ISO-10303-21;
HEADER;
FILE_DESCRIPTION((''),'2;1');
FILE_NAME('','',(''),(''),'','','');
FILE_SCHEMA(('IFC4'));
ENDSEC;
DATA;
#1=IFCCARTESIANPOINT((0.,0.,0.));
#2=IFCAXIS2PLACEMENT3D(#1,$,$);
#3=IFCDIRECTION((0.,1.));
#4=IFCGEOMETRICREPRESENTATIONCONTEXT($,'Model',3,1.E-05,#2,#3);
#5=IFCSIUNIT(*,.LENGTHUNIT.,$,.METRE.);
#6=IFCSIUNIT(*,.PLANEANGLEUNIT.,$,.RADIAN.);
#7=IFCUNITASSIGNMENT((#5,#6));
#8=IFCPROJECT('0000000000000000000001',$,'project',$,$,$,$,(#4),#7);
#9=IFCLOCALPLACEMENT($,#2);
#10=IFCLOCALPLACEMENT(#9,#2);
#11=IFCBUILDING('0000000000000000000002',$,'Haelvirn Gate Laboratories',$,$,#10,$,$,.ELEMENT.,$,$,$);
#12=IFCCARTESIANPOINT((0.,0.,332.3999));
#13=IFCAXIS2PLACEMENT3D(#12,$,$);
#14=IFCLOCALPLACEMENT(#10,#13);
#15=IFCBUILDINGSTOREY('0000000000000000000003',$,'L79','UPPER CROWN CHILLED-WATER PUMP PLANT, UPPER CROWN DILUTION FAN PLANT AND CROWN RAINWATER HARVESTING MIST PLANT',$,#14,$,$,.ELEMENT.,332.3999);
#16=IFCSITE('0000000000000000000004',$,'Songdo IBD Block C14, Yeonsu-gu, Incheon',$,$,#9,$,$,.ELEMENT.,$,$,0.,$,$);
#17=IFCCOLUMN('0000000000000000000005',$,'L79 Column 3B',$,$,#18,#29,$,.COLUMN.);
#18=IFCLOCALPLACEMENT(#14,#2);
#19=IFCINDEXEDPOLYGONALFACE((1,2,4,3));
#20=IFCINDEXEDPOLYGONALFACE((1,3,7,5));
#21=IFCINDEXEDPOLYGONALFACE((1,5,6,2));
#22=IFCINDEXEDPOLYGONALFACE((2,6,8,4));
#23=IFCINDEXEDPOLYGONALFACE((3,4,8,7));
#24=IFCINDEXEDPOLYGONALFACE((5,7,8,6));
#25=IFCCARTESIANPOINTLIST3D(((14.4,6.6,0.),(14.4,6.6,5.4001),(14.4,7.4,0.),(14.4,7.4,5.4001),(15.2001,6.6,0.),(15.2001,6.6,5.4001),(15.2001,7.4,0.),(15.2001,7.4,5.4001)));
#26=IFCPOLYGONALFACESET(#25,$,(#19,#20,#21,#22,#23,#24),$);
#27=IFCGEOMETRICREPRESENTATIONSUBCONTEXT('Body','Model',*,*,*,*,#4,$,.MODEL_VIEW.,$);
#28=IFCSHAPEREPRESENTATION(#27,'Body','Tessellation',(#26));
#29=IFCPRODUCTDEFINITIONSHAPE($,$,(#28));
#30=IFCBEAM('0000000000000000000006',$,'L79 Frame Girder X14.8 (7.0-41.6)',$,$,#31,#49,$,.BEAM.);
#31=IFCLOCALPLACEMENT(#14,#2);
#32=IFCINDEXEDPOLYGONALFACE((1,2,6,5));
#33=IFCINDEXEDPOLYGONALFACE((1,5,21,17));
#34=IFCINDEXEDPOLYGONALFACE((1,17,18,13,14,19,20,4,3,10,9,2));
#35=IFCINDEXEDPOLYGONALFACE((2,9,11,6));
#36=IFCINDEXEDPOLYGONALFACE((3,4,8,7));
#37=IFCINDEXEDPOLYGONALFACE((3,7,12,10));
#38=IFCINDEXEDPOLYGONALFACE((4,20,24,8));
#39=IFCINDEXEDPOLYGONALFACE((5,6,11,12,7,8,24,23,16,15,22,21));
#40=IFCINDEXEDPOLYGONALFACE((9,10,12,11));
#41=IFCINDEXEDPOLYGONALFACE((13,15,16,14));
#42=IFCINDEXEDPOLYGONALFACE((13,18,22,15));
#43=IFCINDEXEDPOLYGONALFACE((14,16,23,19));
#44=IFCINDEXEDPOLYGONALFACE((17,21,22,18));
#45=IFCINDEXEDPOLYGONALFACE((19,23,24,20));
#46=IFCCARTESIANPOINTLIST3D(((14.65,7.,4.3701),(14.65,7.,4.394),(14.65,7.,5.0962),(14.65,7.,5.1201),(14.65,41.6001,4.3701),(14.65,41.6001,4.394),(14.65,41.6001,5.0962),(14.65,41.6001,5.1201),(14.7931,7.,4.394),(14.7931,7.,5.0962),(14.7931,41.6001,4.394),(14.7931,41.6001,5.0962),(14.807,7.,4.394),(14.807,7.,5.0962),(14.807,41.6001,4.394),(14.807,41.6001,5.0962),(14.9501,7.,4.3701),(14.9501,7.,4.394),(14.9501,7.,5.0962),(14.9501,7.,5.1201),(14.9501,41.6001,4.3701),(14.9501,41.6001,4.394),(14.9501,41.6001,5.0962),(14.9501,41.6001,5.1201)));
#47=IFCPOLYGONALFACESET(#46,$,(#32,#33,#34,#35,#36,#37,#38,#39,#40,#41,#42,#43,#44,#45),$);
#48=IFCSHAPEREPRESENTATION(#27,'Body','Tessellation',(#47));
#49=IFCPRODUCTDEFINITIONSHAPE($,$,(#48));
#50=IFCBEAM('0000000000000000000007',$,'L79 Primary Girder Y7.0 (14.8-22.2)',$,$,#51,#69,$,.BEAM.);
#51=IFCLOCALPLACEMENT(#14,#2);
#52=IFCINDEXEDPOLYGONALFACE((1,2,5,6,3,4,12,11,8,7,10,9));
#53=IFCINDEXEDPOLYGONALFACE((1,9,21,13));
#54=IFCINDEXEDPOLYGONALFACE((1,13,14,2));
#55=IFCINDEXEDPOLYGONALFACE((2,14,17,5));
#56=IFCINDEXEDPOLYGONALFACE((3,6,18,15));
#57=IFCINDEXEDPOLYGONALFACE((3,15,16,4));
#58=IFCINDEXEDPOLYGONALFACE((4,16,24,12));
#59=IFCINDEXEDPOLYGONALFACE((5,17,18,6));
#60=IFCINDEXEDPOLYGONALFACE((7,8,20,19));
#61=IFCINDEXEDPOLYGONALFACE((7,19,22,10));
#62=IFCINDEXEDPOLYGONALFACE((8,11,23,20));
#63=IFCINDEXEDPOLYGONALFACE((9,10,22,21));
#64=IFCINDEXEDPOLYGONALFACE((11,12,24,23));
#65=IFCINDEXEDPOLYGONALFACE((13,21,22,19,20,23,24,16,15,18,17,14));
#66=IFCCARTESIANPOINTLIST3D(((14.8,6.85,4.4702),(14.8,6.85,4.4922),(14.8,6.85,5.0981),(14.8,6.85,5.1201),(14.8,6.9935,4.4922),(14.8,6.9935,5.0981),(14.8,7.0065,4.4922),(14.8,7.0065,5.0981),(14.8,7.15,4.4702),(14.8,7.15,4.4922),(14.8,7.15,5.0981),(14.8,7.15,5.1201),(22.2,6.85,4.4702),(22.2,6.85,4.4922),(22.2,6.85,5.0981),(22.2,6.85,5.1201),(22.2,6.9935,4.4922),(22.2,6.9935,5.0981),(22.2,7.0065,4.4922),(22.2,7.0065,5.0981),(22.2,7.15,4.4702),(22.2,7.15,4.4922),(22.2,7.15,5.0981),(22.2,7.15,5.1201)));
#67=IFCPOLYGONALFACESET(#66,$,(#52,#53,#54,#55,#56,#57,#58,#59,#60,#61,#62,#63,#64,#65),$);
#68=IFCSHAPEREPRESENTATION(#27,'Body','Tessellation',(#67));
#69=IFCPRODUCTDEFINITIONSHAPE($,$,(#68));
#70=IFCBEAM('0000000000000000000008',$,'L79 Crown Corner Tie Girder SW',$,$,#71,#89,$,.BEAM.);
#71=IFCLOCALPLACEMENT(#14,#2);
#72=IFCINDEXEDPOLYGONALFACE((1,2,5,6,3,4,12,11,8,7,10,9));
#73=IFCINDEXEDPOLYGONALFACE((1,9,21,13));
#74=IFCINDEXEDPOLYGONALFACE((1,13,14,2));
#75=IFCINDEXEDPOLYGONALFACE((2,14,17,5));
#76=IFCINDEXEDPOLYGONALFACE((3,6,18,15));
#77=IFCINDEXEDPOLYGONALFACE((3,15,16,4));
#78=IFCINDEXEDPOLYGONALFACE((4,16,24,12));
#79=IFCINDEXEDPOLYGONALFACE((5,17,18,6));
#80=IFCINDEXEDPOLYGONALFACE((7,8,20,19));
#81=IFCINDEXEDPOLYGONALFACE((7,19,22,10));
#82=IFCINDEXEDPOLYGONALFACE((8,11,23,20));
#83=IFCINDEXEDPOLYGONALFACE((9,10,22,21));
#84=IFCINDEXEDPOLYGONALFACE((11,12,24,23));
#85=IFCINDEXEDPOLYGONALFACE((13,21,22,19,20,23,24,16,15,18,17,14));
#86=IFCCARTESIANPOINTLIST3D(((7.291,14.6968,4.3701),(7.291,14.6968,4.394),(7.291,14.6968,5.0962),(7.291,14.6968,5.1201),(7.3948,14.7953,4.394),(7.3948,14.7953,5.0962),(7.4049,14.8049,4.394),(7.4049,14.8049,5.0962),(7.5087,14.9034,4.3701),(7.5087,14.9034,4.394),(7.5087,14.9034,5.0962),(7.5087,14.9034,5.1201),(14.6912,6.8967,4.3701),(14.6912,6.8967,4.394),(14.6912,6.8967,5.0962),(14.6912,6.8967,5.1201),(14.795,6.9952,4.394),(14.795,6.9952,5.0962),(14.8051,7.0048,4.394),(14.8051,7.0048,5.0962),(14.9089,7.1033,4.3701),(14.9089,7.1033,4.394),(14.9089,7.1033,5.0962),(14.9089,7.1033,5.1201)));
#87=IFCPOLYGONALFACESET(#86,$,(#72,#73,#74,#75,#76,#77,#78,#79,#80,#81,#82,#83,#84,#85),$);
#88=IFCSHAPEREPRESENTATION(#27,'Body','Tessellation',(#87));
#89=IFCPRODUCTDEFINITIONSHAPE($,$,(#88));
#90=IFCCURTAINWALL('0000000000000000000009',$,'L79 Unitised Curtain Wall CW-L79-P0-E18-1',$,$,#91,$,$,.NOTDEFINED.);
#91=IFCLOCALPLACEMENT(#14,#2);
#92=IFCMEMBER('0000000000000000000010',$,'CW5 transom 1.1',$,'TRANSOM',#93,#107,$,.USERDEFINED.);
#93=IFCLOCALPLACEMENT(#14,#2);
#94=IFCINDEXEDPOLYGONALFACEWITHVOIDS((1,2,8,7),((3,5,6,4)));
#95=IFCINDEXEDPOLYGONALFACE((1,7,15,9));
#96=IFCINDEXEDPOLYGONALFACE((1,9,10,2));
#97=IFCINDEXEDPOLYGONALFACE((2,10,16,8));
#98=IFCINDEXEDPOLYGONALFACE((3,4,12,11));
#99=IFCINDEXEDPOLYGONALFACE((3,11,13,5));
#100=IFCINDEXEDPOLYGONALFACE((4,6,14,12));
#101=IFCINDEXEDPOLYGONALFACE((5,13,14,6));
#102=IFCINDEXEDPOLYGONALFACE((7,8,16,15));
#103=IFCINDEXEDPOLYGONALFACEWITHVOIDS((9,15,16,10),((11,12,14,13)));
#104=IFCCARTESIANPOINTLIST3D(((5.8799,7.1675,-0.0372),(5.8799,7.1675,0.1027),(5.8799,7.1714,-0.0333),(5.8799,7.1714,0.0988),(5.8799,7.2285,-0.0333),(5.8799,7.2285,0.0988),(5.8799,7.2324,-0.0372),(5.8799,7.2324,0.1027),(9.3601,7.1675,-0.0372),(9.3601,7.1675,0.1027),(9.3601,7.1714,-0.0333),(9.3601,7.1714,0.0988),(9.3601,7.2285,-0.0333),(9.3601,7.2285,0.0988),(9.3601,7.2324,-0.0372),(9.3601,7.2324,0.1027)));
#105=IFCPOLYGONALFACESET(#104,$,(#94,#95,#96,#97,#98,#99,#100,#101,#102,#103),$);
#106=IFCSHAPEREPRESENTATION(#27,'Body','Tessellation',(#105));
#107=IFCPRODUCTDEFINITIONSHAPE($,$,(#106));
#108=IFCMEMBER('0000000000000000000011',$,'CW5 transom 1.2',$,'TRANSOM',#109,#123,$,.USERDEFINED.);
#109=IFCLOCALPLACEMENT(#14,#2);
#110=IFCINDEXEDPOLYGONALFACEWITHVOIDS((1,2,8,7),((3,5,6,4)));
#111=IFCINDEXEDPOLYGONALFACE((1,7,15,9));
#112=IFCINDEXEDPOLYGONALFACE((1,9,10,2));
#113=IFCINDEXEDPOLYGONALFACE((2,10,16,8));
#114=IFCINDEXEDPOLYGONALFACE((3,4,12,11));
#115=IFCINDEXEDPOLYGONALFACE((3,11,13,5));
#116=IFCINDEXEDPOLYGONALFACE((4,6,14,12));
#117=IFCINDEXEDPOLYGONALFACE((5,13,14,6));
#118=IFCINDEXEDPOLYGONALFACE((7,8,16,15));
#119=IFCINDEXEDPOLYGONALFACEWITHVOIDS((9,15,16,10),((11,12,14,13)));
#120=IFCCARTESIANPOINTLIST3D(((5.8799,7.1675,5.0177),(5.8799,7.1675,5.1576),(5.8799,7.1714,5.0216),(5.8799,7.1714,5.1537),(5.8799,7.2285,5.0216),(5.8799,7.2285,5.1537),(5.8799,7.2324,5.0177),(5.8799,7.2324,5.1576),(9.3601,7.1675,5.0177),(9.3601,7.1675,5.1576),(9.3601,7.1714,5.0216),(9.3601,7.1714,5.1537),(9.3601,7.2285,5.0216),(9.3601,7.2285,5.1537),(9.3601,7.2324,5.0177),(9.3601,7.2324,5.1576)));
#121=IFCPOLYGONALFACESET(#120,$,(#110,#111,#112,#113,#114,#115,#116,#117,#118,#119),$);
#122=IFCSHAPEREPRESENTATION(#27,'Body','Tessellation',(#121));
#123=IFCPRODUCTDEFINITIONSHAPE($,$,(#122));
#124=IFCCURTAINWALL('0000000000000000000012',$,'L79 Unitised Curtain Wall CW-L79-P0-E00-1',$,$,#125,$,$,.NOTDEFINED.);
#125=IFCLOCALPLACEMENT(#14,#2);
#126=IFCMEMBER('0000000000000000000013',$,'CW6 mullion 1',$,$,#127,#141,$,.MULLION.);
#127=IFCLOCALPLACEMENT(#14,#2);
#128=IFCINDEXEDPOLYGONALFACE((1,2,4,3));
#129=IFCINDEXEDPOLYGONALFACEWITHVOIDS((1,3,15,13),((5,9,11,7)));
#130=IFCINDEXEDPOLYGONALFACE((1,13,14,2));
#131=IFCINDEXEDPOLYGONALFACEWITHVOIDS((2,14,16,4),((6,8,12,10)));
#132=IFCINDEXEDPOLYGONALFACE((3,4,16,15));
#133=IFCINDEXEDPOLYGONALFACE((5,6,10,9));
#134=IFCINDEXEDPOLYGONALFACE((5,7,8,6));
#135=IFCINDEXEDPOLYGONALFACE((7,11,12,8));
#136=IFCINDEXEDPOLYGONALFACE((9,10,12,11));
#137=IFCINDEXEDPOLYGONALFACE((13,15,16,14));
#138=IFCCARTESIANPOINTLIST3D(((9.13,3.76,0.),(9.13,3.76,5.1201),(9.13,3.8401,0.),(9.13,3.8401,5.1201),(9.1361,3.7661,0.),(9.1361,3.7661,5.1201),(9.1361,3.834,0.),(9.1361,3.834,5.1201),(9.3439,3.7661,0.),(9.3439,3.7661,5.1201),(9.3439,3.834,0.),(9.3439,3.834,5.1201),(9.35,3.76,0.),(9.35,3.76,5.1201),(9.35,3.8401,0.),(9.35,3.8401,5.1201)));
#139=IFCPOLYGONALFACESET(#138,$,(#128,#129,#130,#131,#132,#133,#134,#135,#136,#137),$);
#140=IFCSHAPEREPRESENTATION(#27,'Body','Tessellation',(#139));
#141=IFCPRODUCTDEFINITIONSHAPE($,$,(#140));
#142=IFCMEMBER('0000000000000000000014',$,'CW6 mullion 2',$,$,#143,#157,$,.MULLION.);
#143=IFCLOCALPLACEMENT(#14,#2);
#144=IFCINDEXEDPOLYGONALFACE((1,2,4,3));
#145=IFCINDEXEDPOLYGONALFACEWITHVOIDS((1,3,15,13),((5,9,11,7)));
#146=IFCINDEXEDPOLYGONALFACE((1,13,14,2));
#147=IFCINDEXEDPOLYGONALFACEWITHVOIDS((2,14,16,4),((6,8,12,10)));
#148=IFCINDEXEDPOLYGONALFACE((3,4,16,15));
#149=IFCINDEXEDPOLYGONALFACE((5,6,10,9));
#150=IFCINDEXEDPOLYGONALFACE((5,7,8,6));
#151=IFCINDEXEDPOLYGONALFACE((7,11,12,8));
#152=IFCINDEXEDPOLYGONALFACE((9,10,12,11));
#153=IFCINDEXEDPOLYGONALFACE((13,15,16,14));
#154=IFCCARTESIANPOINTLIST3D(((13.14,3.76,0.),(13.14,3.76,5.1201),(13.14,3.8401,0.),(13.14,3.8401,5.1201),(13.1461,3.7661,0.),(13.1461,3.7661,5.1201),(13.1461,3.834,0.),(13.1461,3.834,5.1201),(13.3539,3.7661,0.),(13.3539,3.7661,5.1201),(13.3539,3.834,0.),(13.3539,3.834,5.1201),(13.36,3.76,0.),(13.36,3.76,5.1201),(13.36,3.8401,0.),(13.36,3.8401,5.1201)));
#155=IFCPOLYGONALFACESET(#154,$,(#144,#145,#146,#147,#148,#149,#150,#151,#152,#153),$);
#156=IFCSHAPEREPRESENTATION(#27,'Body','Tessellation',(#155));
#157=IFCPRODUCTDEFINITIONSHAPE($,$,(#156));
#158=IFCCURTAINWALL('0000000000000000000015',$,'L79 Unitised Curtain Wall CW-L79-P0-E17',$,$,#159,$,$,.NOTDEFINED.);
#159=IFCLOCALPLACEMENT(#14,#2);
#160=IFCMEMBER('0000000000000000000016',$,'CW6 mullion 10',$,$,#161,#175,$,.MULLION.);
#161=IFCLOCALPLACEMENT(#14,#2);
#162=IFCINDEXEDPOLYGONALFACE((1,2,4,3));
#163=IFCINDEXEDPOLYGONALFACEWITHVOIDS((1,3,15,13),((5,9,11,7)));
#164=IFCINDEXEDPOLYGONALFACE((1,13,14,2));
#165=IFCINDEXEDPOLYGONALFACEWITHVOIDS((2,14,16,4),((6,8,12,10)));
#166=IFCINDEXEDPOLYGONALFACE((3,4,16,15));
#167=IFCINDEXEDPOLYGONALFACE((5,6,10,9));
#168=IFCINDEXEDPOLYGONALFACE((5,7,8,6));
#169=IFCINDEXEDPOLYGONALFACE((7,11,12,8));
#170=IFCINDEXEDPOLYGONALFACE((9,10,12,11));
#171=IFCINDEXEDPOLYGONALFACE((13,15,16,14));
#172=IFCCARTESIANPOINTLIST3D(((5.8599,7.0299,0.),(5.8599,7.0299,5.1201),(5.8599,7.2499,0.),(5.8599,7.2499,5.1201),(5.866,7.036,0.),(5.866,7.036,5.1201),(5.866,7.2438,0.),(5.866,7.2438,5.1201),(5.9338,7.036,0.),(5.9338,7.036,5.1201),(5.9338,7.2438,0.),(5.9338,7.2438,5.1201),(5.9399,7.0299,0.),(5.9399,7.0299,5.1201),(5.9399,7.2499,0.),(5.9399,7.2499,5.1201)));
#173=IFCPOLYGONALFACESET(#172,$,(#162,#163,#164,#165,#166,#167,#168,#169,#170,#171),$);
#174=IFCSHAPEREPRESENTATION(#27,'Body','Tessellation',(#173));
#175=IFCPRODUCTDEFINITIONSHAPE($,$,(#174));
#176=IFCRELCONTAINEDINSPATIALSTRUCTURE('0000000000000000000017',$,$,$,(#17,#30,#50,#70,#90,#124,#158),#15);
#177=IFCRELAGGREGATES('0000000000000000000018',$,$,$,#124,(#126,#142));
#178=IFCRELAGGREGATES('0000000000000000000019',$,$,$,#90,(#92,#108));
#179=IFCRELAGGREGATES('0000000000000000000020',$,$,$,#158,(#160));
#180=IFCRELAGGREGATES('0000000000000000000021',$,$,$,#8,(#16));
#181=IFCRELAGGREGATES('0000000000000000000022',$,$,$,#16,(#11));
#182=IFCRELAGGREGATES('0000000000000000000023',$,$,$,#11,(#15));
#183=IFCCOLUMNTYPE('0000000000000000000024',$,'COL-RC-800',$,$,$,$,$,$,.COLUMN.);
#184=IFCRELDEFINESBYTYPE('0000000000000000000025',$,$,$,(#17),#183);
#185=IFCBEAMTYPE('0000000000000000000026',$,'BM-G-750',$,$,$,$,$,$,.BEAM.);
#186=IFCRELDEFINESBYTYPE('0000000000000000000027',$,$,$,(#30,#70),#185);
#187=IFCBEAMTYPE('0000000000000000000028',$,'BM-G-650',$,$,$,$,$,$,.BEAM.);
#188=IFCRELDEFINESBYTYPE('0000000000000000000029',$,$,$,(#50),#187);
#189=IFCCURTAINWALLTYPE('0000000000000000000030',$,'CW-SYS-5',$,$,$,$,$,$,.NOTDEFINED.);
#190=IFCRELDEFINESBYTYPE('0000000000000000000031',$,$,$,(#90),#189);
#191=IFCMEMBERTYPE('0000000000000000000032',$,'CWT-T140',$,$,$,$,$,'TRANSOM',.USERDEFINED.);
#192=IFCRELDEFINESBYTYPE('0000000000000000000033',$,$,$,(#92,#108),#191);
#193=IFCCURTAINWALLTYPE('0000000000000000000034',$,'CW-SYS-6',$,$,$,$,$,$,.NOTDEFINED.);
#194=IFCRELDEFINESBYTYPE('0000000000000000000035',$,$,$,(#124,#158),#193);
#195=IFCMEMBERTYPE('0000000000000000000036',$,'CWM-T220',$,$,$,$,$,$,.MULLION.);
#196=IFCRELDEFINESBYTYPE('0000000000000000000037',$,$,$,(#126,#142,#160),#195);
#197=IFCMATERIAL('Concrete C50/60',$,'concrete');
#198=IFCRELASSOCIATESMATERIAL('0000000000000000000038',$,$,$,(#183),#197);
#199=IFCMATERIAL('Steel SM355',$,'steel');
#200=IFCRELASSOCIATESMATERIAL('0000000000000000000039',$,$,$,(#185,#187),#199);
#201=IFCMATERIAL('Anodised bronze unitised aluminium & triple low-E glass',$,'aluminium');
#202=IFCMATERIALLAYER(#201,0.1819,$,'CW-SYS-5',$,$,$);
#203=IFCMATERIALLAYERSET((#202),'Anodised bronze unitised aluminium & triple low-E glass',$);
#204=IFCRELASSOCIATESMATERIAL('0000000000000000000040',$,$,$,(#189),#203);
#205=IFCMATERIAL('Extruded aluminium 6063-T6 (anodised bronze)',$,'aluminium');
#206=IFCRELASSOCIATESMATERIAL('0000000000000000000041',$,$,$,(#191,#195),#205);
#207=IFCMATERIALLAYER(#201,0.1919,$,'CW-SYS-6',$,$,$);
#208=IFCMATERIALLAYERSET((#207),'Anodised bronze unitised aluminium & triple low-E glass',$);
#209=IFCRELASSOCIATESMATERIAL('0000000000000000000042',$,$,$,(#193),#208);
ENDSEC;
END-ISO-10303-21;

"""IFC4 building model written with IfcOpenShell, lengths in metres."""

from ifc_helpers import new_model, si_unit, direction, frame, origin, origin_2d, place, context, subcontext, project, spatial, rectangle, hollow_rectangle, i_section, extrude, source, transform, mapped, material, layer, layer_set, material_profile, profile_set, type_object, type_shapes, element, aggregate, save


model = new_model("IFC4")

# Units and contexts
model_context = context("Model", 3, precision=1e-05, world=origin(), true_north=direction((0.0, 1.0)))
body_context = subcontext(model_context, "Body", "Model", "MODEL_VIEW")
ifc_project = project(units=[si_unit("LENGTHUNIT", "METRE"), si_unit("PLANEANGLEUNIT", "RADIAN")], contexts=[model_context])

# Site, building, storey
site_placement = place(None, origin())
site = spatial("IfcSite", under=ifc_project, at=site_placement, Name="Songdo IBD Block C14, Yeonsu-gu, Incheon", CompositionType="ELEMENT", RefElevation=0.0)
building_placement = place(site_placement, origin())
building = spatial("IfcBuilding", under=site, at=building_placement, Name="Haelvirn Gate Laboratories", CompositionType="ELEMENT")
storey_placement = place(building_placement, frame((0.0, 0.0, 332.3999)))
storey = spatial("IfcBuildingStorey", under=building, at=storey_placement, Name="L79", Description="UPPER CROWN CHILLED-WATER PUMP PLANT, UPPER CROWN DILUTION FAN PLANT AND CROWN RAINWATER HARVESTING MIST PLANT", CompositionType="ELEMENT", Elevation=332.3999)

# Column
ifc_material_1 = material(Name="Concrete C50/60", Category="concrete")
ifc_material_profile_1 = material_profile(ifc_material_1, rectangle(XDim=0.8, YDim=0.8, at=origin_2d()), Name="RC-800x800")
ifc_profile_set_1 = profile_set([ifc_material_profile_1], Name="Concrete C50/60")
column_type = type_object("IfcColumnType", Name="COL-RC-800", PredefinedType="COLUMN", material=ifc_profile_set_1)
shared_shape_1 = source(origin(), body_context, "Body", "SweptSolid", [
    extrude(rectangle(XDim=0.8, YDim=0.8, at=origin_2d()), origin(), (0.0, 0.0, 1.0), 5.4001),
])
type_shapes(column_type, [shared_shape_1])
column_placement = place(storey_placement, frame((14.8, 7.0, 0.0), z_axis=(0.0, 0.0, 1.0), x_axis=(1.0, 0.0, 0.0)))
element("IfcColumn", 1, at=column_placement, inside=storey, type_object=column_type, Name="L79 Column 3B", PredefinedType="COLUMN", context=body_context, shape_type="MappedRepresentation", body=[
    mapped(shared_shape_1, transform((0.0, 0.0, 0.0), scale=1.0)),
])

# Beams
ifc_material_2 = material(Name="Steel SM355", Category="steel")
ifc_material_profile_2 = material_profile(ifc_material_2, i_section(OverallWidth=0.3, OverallDepth=0.75, WebThickness=0.0139, FlangeThickness=0.0239, at=origin_2d()), Name="H-750x300x14x24")
ifc_profile_set_2 = profile_set([ifc_material_profile_2], Name="Steel SM355")
beam_type_1 = type_object("IfcBeamType", Name="BM-G-750", PredefinedType="BEAM", material=ifc_profile_set_2)
shared_shape_2 = source(origin(), body_context, "Body", "SweptSolid", [
    extrude(i_section(OverallWidth=0.3, OverallDepth=0.75, WebThickness=0.0139, FlangeThickness=0.0239, at=origin_2d()), origin(), (0.0, 0.0, 1.0), 34.6001),
])
beam_1_placement = place(storey_placement, frame((14.8, 7.0, 4.7451), z_axis=(0.0, 1.0, 0.0), x_axis=(-1.0, 0.0, 0.0)))
element("IfcBeam", 2, at=beam_1_placement, inside=storey, type_object=beam_type_1, Name="L79 Frame Girder X14.8 (7.0-41.6)", PredefinedType="BEAM", context=body_context, shape_type="MappedRepresentation", body=[
    mapped(shared_shape_2, transform((0.0, 0.0, 0.0), scale=1.0)),
])
ifc_material_profile_3 = material_profile(ifc_material_2, i_section(OverallWidth=0.3, OverallDepth=0.6499, WebThickness=0.0129, FlangeThickness=0.022, at=origin_2d()), Name="H-650x300x13x22")
ifc_profile_set_3 = profile_set([ifc_material_profile_3], Name="Steel SM355")
beam_type_2 = type_object("IfcBeamType", Name="BM-G-650", PredefinedType="BEAM", material=ifc_profile_set_3)
shared_shape_3 = source(origin(), body_context, "Body", "SweptSolid", [
    extrude(i_section(OverallWidth=0.3, OverallDepth=0.6499, WebThickness=0.0129, FlangeThickness=0.022, at=origin_2d()), origin(), (0.0, 0.0, 1.0), 7.3999),
])
type_shapes(beam_type_2, [shared_shape_3])
beam_2_placement = place(storey_placement, frame((14.8, 7.0, 4.7952), z_axis=(1.0, 0.0, 0.0), x_axis=(0.0, 1.0, 0.0)))
element("IfcBeam", 3, at=beam_2_placement, inside=storey, type_object=beam_type_2, Name="L79 Primary Girder Y7.0 (14.8-22.2)", PredefinedType="BEAM", context=body_context, shape_type="MappedRepresentation", body=[
    mapped(shared_shape_3, transform((0.0, 0.0, 0.0), scale=1.0)),
])
shared_shape_4 = source(origin(), body_context, "Body", "SweptSolid", [
    extrude(i_section(OverallWidth=0.3, OverallDepth=0.75, WebThickness=0.0139, FlangeThickness=0.0239, at=origin_2d()), origin(), (0.0, 0.0, 1.0), 10.752),
])
type_shapes(beam_type_1, [shared_shape_2, shared_shape_4])
beam_3_placement = place(storey_placement, frame((14.8, 7.0, 4.7451), z_axis=(-0.688265, 0.725459, 0.0), x_axis=(-0.725459, -0.688265, 0.0)))
element("IfcBeam", 4, at=beam_3_placement, inside=storey, type_object=beam_type_1, Name="L79 Crown Corner Tie Girder SW", PredefinedType="BEAM", context=body_context, shape_type="MappedRepresentation", body=[
    mapped(shared_shape_4, transform((0.0, 0.0, 0.0), scale=1.0)),
])

# Curtain walls, members
ifc_material_3 = material(Name="Anodised bronze unitised aluminium & triple low-E glass", Category="aluminium")
ifc_layer_1 = layer(ifc_material_3, 0.1819, Name="CW-SYS-5")
ifc_layer_set_1 = layer_set([ifc_layer_1], Name="Anodised bronze unitised aluminium & triple low-E glass")
curtain_wall_type_1 = type_object("IfcCurtainWallType", Name="CW-SYS-5", PredefinedType="NOTDEFINED", material=ifc_layer_set_1)
curtain_wall_1_placement = place(storey_placement, origin())
curtain_wall_1 = element("IfcCurtainWall", 5, at=curtain_wall_1_placement, inside=storey, type_object=curtain_wall_type_1, Name="L79 Unitised Curtain Wall CW-L79-P0-E18-1", PredefinedType="NOTDEFINED")
ifc_material_4 = material(Name="Extruded aluminium 6063-T6 (anodised bronze)", Category="aluminium")
ifc_material_profile_4 = material_profile(ifc_material_4, hollow_rectangle(XDim=0.0649, YDim=0.1399, WallThickness=0.0039, at=origin_2d()), Name="CWT-140x65x4")
ifc_profile_set_4 = profile_set([ifc_material_profile_4], Name="Extruded aluminium 6063-T6 (anodised bronze)")
member_type_1 = type_object("IfcMemberType", Name="CWT-T140", ElementType="TRANSOM", PredefinedType="USERDEFINED", material=ifc_profile_set_4)
shared_shape_5 = source(origin(), body_context, "Body", "SweptSolid", [
    extrude(hollow_rectangle(XDim=0.0649, YDim=0.1399, WallThickness=0.0039, at=origin_2d()), origin(), (0.0, 0.0, 1.0), 3.4802),
])
type_shapes(member_type_1, [shared_shape_5])
member_1_placement = place(storey_placement, frame((5.8799, 7.2, 0.0327), z_axis=(1.0, 0.0, 0.0), x_axis=(0.0, 1.0, 0.0)))
member_1 = element("IfcMember", 6, at=member_1_placement, type_object=member_type_1, Name="CW5 transom 1.1", ObjectType="TRANSOM", PredefinedType="USERDEFINED", context=body_context, shape_type="MappedRepresentation", body=[
    mapped(shared_shape_5, transform((0.0, 0.0, 0.0), scale=1.0)),
])
member_2_placement = place(storey_placement, frame((5.8799, 7.2, 5.0876), z_axis=(1.0, 0.0, 0.0), x_axis=(0.0, 1.0, 0.0)))
member_2 = element("IfcMember", 7, at=member_2_placement, type_object=member_type_1, Name="CW5 transom 1.2", ObjectType="TRANSOM", PredefinedType="USERDEFINED", context=body_context, shape_type="MappedRepresentation", body=[
    mapped(shared_shape_5, transform((0.0, 0.0, 0.0), scale=1.0)),
])
ifc_layer_2 = layer(ifc_material_3, 0.1919, Name="CW-SYS-6")
ifc_layer_set_2 = layer_set([ifc_layer_2], Name="Anodised bronze unitised aluminium & triple low-E glass")
curtain_wall_type_2 = type_object("IfcCurtainWallType", Name="CW-SYS-6", PredefinedType="NOTDEFINED", material=ifc_layer_set_2)
curtain_wall_2_placement = place(storey_placement, origin())
curtain_wall_2 = element("IfcCurtainWall", 8, at=curtain_wall_2_placement, inside=storey, type_object=curtain_wall_type_2, Name="L79 Unitised Curtain Wall CW-L79-P0-E00-1", PredefinedType="NOTDEFINED")
ifc_material_profile_5 = material_profile(ifc_material_4, hollow_rectangle(XDim=0.0801, YDim=0.22, WallThickness=0.0061, at=origin_2d()), Name="CWM-220x80x6")
ifc_profile_set_5 = profile_set([ifc_material_profile_5], Name="Extruded aluminium 6063-T6 (anodised bronze)")
member_type_2 = type_object("IfcMemberType", Name="CWM-T220", PredefinedType="MULLION", material=ifc_profile_set_5)
shared_shape_6 = source(origin(), body_context, "Body", "SweptSolid", [
    extrude(hollow_rectangle(XDim=0.0801, YDim=0.22, WallThickness=0.0061, at=origin_2d()), origin(), (0.0, 0.0, 1.0), 5.1201),
])
type_shapes(member_type_2, [shared_shape_6])
member_3_placement = place(storey_placement, frame((9.24, 3.8, 0.0), z_axis=(0.0, 0.0, 1.0), x_axis=(0.0, 1.0, 0.0)))
member_3 = element("IfcMember", 9, at=member_3_placement, type_object=member_type_2, Name="CW6 mullion 1", PredefinedType="MULLION", context=body_context, shape_type="MappedRepresentation", body=[
    mapped(shared_shape_6, transform((0.0, 0.0, 0.0), scale=1.0)),
])
member_4_placement = place(storey_placement, frame((13.25, 3.8, 0.0), z_axis=(0.0, 0.0, 1.0), x_axis=(0.0, 1.0, 0.0)))
member_4 = element("IfcMember", 10, at=member_4_placement, type_object=member_type_2, Name="CW6 mullion 2", PredefinedType="MULLION", context=body_context, shape_type="MappedRepresentation", body=[
    mapped(shared_shape_6, transform((0.0, 0.0, 0.0), scale=1.0)),
])

# Curtain wall, member
curtain_wall_3_placement = place(storey_placement, origin())
curtain_wall_3 = element("IfcCurtainWall", 11, at=curtain_wall_3_placement, inside=storey, type_object=curtain_wall_type_2, Name="L79 Unitised Curtain Wall CW-L79-P0-E17", PredefinedType="NOTDEFINED")
member_5_placement = place(storey_placement, frame((5.8999, 7.1399, 0.0), z_axis=(0.0, 0.0, 1.0), x_axis=(1.0, 0.0, 0.0)))
member_5 = element("IfcMember", 12, at=member_5_placement, type_object=member_type_2, Name="CW6 mullion 10", PredefinedType="MULLION", context=body_context, shape_type="MappedRepresentation", body=[
    mapped(shared_shape_6, transform((0.0, 0.0, 0.0), scale=1.0)),
])

aggregate(curtain_wall_2, [member_3, member_4])
aggregate(curtain_wall_1, [member_1, member_2])
aggregate(curtain_wall_3, [member_5])

save(model, "model.ifc")
